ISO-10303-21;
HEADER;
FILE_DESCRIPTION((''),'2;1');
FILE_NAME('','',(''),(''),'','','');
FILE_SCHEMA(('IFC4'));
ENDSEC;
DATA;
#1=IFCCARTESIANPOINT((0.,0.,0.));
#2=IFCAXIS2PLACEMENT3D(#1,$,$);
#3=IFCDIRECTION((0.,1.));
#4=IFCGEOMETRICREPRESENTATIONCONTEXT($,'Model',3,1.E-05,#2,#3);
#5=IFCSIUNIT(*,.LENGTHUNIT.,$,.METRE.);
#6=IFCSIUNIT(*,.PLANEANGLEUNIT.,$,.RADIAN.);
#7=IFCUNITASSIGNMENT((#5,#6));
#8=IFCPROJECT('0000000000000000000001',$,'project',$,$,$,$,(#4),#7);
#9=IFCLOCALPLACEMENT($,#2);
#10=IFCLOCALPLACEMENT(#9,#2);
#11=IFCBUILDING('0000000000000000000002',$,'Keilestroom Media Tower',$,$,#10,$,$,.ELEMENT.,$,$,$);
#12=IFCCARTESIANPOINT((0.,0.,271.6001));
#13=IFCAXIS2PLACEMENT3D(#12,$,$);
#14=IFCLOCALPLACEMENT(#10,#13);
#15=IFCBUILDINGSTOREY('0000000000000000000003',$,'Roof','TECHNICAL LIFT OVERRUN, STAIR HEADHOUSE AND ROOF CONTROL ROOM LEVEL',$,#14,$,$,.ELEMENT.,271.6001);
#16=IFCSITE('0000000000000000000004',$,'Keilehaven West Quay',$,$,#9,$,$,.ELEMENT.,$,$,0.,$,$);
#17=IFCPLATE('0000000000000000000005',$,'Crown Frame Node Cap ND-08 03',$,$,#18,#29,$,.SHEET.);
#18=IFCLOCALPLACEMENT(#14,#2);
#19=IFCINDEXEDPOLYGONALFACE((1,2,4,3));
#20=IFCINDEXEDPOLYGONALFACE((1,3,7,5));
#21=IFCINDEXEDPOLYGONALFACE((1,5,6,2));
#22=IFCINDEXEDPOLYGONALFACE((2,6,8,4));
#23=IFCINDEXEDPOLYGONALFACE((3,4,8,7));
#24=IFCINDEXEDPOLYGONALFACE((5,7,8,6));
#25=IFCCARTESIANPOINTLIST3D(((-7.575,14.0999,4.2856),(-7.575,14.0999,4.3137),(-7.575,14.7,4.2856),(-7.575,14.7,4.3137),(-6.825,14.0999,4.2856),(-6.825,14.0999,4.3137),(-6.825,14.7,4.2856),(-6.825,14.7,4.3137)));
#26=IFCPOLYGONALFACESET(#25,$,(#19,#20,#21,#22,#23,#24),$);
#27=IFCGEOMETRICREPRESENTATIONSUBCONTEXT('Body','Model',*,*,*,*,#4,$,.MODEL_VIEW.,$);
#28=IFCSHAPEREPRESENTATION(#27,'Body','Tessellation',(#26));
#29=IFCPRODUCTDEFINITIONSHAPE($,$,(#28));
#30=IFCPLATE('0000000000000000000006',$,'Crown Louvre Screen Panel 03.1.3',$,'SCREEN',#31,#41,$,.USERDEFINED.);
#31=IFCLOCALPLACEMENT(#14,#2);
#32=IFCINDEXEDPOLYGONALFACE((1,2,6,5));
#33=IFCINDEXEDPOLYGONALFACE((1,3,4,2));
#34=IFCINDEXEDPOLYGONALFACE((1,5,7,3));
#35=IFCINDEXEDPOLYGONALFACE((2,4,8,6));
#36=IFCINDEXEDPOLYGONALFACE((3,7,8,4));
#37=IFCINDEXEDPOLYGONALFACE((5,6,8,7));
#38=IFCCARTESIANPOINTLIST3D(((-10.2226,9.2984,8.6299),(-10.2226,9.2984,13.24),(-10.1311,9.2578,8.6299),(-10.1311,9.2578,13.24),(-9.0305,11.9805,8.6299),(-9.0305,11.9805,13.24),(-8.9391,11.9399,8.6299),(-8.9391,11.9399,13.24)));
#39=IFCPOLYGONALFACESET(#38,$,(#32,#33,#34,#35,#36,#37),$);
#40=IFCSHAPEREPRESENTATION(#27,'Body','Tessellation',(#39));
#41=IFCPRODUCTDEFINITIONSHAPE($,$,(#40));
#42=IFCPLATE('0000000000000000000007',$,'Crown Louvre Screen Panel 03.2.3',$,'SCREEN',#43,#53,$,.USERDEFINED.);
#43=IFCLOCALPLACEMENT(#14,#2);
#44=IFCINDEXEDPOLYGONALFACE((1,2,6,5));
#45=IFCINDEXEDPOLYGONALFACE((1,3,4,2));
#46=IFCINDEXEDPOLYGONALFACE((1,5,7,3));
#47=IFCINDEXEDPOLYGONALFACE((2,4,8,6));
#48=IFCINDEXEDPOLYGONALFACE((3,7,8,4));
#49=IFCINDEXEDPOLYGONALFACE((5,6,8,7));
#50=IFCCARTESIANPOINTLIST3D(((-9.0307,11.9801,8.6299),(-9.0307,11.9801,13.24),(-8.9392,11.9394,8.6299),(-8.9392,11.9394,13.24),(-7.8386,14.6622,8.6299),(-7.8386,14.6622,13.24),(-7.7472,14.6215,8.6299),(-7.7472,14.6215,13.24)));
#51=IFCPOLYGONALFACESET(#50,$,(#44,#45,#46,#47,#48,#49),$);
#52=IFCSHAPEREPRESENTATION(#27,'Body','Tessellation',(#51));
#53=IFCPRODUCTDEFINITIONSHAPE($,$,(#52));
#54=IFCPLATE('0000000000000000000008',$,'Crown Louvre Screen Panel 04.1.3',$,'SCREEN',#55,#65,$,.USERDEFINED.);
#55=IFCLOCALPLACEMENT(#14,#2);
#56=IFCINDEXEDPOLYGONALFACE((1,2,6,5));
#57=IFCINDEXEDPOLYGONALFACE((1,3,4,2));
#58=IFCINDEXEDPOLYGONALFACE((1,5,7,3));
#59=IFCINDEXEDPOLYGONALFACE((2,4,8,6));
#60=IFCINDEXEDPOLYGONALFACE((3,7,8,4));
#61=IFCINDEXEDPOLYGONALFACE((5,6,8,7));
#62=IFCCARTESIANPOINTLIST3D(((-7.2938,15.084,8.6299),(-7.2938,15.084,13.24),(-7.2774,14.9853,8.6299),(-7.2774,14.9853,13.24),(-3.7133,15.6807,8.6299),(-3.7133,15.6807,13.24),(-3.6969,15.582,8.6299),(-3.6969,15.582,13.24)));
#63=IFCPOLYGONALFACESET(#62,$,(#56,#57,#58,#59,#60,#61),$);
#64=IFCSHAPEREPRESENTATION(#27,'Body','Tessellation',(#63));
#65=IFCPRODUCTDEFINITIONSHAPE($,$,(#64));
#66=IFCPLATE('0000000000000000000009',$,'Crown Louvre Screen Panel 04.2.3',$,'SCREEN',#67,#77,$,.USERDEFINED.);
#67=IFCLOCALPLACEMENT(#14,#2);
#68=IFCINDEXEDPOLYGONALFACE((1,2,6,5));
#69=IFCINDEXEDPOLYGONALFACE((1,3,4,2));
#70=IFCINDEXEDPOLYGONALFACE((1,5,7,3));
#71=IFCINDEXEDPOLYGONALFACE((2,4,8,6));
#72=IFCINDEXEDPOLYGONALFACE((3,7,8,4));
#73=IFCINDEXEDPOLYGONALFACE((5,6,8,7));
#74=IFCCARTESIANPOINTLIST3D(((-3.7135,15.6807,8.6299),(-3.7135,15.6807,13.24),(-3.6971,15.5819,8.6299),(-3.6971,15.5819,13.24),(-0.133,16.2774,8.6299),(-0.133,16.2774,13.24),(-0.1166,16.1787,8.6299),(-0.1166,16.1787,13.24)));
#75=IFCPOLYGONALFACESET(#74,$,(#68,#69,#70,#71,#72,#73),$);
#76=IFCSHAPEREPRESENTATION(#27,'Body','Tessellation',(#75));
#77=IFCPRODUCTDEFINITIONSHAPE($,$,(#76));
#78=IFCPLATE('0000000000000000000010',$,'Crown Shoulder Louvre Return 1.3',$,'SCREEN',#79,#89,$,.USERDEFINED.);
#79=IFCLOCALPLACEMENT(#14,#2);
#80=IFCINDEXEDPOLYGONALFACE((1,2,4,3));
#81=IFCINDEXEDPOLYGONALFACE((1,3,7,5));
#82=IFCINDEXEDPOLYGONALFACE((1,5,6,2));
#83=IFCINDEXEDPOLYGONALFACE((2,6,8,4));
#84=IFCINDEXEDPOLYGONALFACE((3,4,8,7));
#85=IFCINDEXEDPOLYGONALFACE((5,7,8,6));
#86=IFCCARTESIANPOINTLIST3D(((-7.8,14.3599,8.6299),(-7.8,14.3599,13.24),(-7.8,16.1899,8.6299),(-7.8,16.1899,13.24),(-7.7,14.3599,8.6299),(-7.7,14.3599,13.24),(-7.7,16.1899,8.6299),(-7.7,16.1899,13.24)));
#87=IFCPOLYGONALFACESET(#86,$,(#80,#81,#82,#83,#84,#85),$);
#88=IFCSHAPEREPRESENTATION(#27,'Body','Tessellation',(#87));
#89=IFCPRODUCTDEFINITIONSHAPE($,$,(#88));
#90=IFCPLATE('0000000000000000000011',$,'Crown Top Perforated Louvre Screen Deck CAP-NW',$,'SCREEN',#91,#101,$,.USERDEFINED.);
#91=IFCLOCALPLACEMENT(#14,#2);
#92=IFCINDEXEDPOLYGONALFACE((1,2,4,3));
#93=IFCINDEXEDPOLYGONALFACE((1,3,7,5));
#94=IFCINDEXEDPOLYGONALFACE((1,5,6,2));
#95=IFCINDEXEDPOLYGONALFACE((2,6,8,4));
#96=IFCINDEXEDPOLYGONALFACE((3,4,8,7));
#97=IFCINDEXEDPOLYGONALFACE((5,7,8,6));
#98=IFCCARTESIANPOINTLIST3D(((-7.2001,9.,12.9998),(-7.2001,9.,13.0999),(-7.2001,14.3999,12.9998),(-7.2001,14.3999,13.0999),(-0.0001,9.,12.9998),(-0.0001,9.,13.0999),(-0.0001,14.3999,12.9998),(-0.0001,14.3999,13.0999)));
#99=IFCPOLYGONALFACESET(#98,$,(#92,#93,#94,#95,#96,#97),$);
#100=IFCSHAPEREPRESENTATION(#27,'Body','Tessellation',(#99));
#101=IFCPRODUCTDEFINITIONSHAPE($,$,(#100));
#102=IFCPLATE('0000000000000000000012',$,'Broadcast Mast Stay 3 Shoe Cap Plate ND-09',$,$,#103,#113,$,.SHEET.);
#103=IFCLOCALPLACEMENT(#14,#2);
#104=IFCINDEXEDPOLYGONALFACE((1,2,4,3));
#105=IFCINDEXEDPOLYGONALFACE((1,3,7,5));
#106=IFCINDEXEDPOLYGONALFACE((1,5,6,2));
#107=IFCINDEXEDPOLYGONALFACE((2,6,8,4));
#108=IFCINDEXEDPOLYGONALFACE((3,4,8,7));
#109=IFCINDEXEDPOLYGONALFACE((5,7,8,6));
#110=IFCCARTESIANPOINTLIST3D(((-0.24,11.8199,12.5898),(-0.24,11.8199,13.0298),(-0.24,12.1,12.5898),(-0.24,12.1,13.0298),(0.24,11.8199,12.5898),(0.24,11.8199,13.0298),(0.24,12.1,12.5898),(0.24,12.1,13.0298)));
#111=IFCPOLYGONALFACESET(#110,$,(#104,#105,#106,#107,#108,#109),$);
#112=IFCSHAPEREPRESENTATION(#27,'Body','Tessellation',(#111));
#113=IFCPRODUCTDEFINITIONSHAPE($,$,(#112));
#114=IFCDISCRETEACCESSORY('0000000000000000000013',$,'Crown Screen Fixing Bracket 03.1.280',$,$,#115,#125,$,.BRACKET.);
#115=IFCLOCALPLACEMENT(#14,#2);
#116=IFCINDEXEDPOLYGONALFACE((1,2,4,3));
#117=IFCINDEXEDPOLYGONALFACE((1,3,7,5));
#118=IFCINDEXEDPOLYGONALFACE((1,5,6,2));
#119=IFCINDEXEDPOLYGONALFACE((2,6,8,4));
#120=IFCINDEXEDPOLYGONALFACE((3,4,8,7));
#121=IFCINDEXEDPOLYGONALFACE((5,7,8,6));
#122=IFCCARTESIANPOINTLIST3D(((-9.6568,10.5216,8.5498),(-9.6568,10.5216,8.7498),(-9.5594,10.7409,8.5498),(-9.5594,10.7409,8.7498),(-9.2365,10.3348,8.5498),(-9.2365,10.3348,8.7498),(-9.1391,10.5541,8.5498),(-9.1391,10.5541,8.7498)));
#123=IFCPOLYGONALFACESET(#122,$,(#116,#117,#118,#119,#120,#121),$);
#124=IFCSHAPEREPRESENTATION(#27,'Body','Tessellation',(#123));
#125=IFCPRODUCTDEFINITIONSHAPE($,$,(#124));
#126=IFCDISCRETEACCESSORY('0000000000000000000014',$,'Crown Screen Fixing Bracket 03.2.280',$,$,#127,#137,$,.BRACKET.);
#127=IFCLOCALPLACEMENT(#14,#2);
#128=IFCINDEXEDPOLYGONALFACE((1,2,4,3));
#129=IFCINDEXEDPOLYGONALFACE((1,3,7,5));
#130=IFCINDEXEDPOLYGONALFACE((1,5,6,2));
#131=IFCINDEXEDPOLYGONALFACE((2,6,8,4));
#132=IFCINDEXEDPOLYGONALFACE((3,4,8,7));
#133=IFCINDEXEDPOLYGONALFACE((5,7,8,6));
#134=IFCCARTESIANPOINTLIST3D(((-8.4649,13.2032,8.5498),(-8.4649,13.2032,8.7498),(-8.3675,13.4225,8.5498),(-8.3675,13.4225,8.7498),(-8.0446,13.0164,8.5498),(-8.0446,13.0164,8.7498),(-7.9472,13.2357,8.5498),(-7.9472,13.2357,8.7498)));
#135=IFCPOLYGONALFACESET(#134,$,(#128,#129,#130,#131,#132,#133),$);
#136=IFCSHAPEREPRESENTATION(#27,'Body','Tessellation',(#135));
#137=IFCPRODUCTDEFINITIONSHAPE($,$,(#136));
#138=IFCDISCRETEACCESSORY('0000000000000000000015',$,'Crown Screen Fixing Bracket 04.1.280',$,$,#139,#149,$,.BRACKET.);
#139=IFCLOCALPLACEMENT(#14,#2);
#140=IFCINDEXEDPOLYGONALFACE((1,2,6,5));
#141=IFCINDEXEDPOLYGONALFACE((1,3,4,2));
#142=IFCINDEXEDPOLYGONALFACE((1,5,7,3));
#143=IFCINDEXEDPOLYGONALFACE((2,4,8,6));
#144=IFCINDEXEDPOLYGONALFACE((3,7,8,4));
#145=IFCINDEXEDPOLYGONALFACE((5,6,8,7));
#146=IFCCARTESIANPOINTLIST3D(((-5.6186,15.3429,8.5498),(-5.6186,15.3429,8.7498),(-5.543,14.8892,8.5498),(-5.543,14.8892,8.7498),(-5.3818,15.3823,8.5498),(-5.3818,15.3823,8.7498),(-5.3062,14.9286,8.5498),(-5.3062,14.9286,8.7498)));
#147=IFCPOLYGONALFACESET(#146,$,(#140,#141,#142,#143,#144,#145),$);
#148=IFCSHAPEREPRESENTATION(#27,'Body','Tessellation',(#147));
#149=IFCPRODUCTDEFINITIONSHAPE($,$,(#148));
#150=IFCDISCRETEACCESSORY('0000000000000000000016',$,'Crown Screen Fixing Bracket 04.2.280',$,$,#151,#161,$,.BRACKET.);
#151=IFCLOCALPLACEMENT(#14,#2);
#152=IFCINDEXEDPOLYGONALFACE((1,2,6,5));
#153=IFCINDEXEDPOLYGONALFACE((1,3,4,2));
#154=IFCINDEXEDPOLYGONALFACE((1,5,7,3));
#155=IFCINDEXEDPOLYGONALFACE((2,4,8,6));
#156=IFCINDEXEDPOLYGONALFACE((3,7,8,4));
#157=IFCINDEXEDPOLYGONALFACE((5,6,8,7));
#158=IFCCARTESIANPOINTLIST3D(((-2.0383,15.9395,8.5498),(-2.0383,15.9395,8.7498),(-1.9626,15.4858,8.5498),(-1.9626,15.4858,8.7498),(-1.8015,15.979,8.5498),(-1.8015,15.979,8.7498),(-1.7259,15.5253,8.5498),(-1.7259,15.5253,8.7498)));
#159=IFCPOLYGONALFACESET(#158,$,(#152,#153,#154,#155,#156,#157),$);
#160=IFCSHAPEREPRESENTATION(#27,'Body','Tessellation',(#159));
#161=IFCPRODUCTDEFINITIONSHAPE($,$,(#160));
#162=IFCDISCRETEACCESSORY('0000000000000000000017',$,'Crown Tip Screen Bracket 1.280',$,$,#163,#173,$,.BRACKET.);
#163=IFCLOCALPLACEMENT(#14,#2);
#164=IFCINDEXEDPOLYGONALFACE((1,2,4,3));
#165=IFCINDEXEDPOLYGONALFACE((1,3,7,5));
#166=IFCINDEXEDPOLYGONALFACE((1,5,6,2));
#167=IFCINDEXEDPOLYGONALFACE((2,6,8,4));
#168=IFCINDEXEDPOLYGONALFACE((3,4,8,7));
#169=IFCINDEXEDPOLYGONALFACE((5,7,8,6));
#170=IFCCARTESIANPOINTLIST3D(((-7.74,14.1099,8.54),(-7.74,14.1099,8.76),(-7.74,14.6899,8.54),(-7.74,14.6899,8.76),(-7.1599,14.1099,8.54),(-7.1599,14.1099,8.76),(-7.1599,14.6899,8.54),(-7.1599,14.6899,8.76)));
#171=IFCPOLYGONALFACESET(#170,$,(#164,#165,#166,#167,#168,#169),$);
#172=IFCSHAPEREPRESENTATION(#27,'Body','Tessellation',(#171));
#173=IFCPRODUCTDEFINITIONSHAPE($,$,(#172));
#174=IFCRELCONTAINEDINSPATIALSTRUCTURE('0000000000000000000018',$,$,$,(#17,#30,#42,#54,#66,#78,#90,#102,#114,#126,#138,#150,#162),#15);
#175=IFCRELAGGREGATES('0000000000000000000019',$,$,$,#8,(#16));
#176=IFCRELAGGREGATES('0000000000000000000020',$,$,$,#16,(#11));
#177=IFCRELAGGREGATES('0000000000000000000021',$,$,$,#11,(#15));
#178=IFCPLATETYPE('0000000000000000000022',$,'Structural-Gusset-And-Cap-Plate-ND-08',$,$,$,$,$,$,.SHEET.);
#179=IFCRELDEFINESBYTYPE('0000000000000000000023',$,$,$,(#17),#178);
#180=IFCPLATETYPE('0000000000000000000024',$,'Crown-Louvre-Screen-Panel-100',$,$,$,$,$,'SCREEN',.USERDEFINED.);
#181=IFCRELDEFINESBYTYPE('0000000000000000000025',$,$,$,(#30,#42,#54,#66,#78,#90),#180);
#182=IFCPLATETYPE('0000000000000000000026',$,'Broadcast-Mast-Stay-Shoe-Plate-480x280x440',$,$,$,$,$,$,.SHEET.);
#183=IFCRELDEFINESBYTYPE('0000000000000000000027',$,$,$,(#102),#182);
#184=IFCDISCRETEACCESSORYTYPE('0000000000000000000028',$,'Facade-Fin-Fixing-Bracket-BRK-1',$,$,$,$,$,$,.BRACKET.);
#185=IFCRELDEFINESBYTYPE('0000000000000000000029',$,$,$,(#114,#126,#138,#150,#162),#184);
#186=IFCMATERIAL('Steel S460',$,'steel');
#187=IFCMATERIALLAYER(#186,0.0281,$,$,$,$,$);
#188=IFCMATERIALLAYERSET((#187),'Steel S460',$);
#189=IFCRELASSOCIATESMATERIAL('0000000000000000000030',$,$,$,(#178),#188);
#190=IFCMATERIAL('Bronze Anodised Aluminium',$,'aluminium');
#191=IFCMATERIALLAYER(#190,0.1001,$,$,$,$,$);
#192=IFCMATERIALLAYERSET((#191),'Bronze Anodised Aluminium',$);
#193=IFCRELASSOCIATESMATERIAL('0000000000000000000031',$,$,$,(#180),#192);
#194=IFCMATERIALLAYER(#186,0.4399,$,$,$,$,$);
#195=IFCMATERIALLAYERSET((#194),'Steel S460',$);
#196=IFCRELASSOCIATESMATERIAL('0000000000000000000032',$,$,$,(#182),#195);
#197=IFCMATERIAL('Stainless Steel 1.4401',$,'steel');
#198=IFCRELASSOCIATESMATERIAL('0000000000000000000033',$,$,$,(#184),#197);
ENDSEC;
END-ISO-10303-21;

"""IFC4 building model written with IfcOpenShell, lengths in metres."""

from ifc_helpers import new_model, si_unit, direction, frame, origin, origin_2d, place, context, subcontext, project, spatial, rectangle, extrude, source, transform, mapped, material, layer, layer_set, type_object, element, save


model = new_model("IFC4")

# Units and contexts
model_context = context("Model", 3, precision=1e-05, world=origin(), true_north=direction((0.0, 1.0)))
body_context = subcontext(model_context, "Body", "Model", "MODEL_VIEW")
ifc_project = project(units=[si_unit("LENGTHUNIT", "METRE"), si_unit("PLANEANGLEUNIT", "RADIAN")], contexts=[model_context])

# Site, building, storey
site_placement = place(None, origin())
site = spatial("IfcSite", under=ifc_project, at=site_placement, Name="Keilehaven West Quay", CompositionType="ELEMENT", RefElevation=0.0)
building_placement = place(site_placement, origin())
building = spatial("IfcBuilding", under=site, at=building_placement, Name="Keilestroom Media Tower", CompositionType="ELEMENT")
storey_placement = place(building_placement, frame((0.0, 0.0, 271.6001)))
storey = spatial("IfcBuildingStorey", under=building, at=storey_placement, Name="Roof", Description="TECHNICAL LIFT OVERRUN, STAIR HEADHOUSE AND ROOF CONTROL ROOM LEVEL", CompositionType="ELEMENT", Elevation=271.6001)

# Shared definitions
ifc_material_1 = material(Name="Steel S460", Category="steel")

# Plates
ifc_layer_1 = layer(ifc_material_1, 0.0281)
ifc_layer_set_1 = layer_set([ifc_layer_1], Name="Steel S460")
plate_type_1 = type_object("IfcPlateType", Name="Structural-Gusset-And-Cap-Plate-ND-08", PredefinedType="SHEET", material=ifc_layer_set_1)
shared_shape_1 = source(origin(), body_context, "Body", "SweptSolid", [
    extrude(rectangle(XDim=0.75, YDim=0.6001, at=origin_2d()), origin(), (0.0, 0.0, 1.0), 0.0281),
])
plate_1_placement = place(storey_placement, frame((-7.2, 14.3999, 4.2856), z_axis=(0.0, 0.0, 1.0), x_axis=(1.0, 0.0, 0.0)))
element("IfcPlate", 1, at=plate_1_placement, inside=storey, type_object=plate_type_1, Name="Crown Frame Node Cap ND-08 03", PredefinedType="SHEET", context=body_context, shape_type="MappedRepresentation", body=[
    mapped(shared_shape_1, transform((0.0, 0.0, 0.0), x_axis=(1.0, 0.0, 0.0), y_axis=(0.0, 1.0, 0.0), z_axis=(0.0, 0.0, 1.0), scale=1.0)),
])
ifc_material_2 = material(Name="Bronze Anodised Aluminium", Category="aluminium")
ifc_layer_2 = layer(ifc_material_2, 0.1001)
ifc_layer_set_2 = layer_set([ifc_layer_2], Name="Bronze Anodised Aluminium")
plate_type_2 = type_object("IfcPlateType", Name="Crown-Louvre-Screen-Panel-100", ElementType="SCREEN", PredefinedType="USERDEFINED", material=ifc_layer_set_2)
shared_shape_2 = source(origin(), body_context, "Body", "SweptSolid", [
    extrude(rectangle(XDim=2.9351, YDim=0.1001, at=origin_2d()), origin(), (0.0, 0.0, 1.0), 4.6101),
])
for number, where, z_axis, x_axis, name in (
    (2, (-9.5808, 10.6191, 8.6299), (0.0, 0.0, 1.0), (0.406139, 0.913811, 0.0), "Crown Louvre Screen Panel 03.1.3"),
    (3, (-8.3889, 13.3008, 8.6299), (0.0, 0.0, 1.0), (0.406139, 0.913811, 0.0), "Crown Louvre Screen Panel 03.2.3"),
):
    element("IfcPlate", number, at=place(storey_placement, frame(where, z_axis=z_axis, x_axis=x_axis)), inside=storey, type_object=plate_type_2, Name=name, ObjectType="SCREEN", PredefinedType="USERDEFINED", context=body_context, shape_type="MappedRepresentation", body=[
        mapped(shared_shape_2, transform((0.0, 0.0, 0.0), x_axis=(1.0, 0.0, 0.0), y_axis=(0.0, 1.0, 0.0), z_axis=(0.0, 0.0, 1.0), scale=1.0)),
    ])
shared_shape_3 = source(origin(), body_context, "Body", "SweptSolid", [
    extrude(rectangle(XDim=3.6299, YDim=0.1001, at=origin_2d()), origin(), (0.0, 0.0, 1.0), 4.6101),
])
for number, where, z_axis, x_axis, name in (
    (4, (-5.4954, 15.333, 8.6299), (0.0, 0.0, 1.0), (0.986394, 0.164399, 0.0), "Crown Louvre Screen Panel 04.1.3"),
    (5, (-1.915, 15.9297, 8.6299), (0.0, 0.0, 1.0), (0.986394, 0.164399, 0.0), "Crown Louvre Screen Panel 04.2.3"),
):
    element("IfcPlate", number, at=place(storey_placement, frame(where, z_axis=z_axis, x_axis=x_axis)), inside=storey, type_object=plate_type_2, Name=name, ObjectType="SCREEN", PredefinedType="USERDEFINED", context=body_context, shape_type="MappedRepresentation", body=[
        mapped(shared_shape_3, transform((0.0, 0.0, 0.0), x_axis=(1.0, 0.0, 0.0), y_axis=(0.0, 1.0, 0.0), z_axis=(0.0, 0.0, 1.0), scale=1.0)),
    ])
shared_shape_4 = source(origin(), body_context, "Body", "SweptSolid", [
    extrude(rectangle(XDim=1.8301, YDim=0.1001, at=origin_2d()), origin(), (0.0, 0.0, 1.0), 4.6101),
])
plate_2_placement = place(storey_placement, frame((-7.75, 15.2749, 8.6299), z_axis=(0.0, 0.0, 1.0), x_axis=(0.0, 1.0, 0.0)))
element("IfcPlate", 6, at=plate_2_placement, inside=storey, type_object=plate_type_2, Name="Crown Shoulder Louvre Return 1.3", ObjectType="SCREEN", PredefinedType="USERDEFINED", context=body_context, shape_type="MappedRepresentation", body=[
    mapped(shared_shape_4, transform((0.0, 0.0, 0.0), x_axis=(1.0, 0.0, 0.0), y_axis=(0.0, 1.0, 0.0), z_axis=(0.0, 0.0, 1.0), scale=1.0)),
])
shared_shape_5 = source(origin(), body_context, "Body", "SweptSolid", [
    extrude(rectangle(XDim=7.2, YDim=5.3999, at=origin_2d()), origin(), (0.0, 0.0, 1.0), 0.1001),
])
plate_3_placement = place(storey_placement, frame((-3.6001, 11.7, 12.9998), z_axis=(0.0, 0.0, 1.0), x_axis=(1.0, 0.0, 0.0)))
element("IfcPlate", 7, at=plate_3_placement, inside=storey, type_object=plate_type_2, Name="Crown Top Perforated Louvre Screen Deck CAP-NW", ObjectType="SCREEN", PredefinedType="USERDEFINED", context=body_context, shape_type="MappedRepresentation", body=[
    mapped(shared_shape_5, transform((0.0, 0.0, 0.0), x_axis=(1.0, 0.0, 0.0), y_axis=(0.0, 1.0, 0.0), z_axis=(0.0, 0.0, 1.0), scale=1.0)),
])
ifc_layer_3 = layer(ifc_material_1, 0.4399)
ifc_layer_set_3 = layer_set([ifc_layer_3], Name="Steel S460")
plate_type_3 = type_object("IfcPlateType", Name="Broadcast-Mast-Stay-Shoe-Plate-480x280x440", PredefinedType="SHEET", material=ifc_layer_set_3)
shared_shape_6 = source(origin(), body_context, "Body", "SweptSolid", [
    extrude(rectangle(XDim=0.48, YDim=0.28, at=origin_2d()), origin(), (0.0, 0.0, 1.0), 0.4399),
])
plate_4_placement = place(storey_placement, frame((0.0, 11.96, 12.5898), z_axis=(0.0, 0.0, 1.0), x_axis=(1.0, 0.0, 0.0)))
element("IfcPlate", 8, at=plate_4_placement, inside=storey, type_object=plate_type_3, Name="Broadcast Mast Stay 3 Shoe Cap Plate ND-09", PredefinedType="SHEET", context=body_context, shape_type="MappedRepresentation", body=[
    mapped(shared_shape_6, transform((0.0, 0.0, 0.0), x_axis=(1.0, 0.0, 0.0), y_axis=(0.0, 1.0, 0.0), z_axis=(0.0, 0.0, 1.0), scale=1.0)),
])

# Discrete accessories
ifc_material_3 = material(Name="Stainless Steel 1.4401", Category="steel")
discrete_accessory_type = type_object("IfcDiscreteAccessoryType", Name="Facade-Fin-Fixing-Bracket-BRK-1", PredefinedType="BRACKET", material=ifc_material_3)
shared_shape_7 = source(origin(), body_context, "Body", "SweptSolid", [
    extrude(rectangle(XDim=0.24, YDim=0.46, at=origin_2d()), origin(), (0.0, 0.0, 1.0), 0.2),
])
for number, where, z_axis, x_axis, name in (
    (9, (-9.3979, 10.5378, 8.5498), (0.0, 0.0, 1.0), (0.406139, 0.913811, 0.0), "Crown Screen Fixing Bracket 03.1.280"),
    (10, (-8.2061, 13.2195, 8.5498), (0.0, 0.0, 1.0), (0.406139, 0.913811, 0.0), "Crown Screen Fixing Bracket 03.2.280"),
    (11, (-5.4624, 15.1357, 8.5498), (0.0, 0.0, 1.0), (0.986394, 0.164399, 0.0), "Crown Screen Fixing Bracket 04.1.280"),
    (12, (-1.8821, 15.7324, 8.5498), (0.0, 0.0, 1.0), (0.986394, 0.164399, 0.0), "Crown Screen Fixing Bracket 04.2.280"),
):
    element("IfcDiscreteAccessory", number, at=place(storey_placement, frame(where, z_axis=z_axis, x_axis=x_axis)), inside=storey, type_object=discrete_accessory_type, Name=name, PredefinedType="BRACKET", context=body_context, shape_type="MappedRepresentation", body=[
        mapped(shared_shape_7, transform((0.0, 0.0, 0.0), x_axis=(1.0, 0.0, 0.0), y_axis=(0.0, 1.0, 0.0), z_axis=(0.0, 0.0, 1.0), scale=1.0)),
    ])
shared_shape_8 = source(origin(), body_context, "Body", "SweptSolid", [
    extrude(rectangle(XDim=0.5801, YDim=0.5801, at=origin_2d()), origin(), (0.0, 0.0, 1.0), 0.22),
])
discrete_accessory_placement = place(storey_placement, frame((-7.45, 14.3999, 8.54), z_axis=(0.0, 0.0, 1.0), x_axis=(1.0, 0.0, 0.0)))
element("IfcDiscreteAccessory", 13, at=discrete_accessory_placement, inside=storey, type_object=discrete_accessory_type, Name="Crown Tip Screen Bracket 1.280", PredefinedType="BRACKET", context=body_context, shape_type="MappedRepresentation", body=[
    mapped(shared_shape_8, transform((0.0, 0.0, 0.0), x_axis=(1.0, 0.0, 0.0), y_axis=(0.0, 1.0, 0.0), z_axis=(0.0, 0.0, 1.0), scale=1.0)),
])

save(model, "model.ifc")
